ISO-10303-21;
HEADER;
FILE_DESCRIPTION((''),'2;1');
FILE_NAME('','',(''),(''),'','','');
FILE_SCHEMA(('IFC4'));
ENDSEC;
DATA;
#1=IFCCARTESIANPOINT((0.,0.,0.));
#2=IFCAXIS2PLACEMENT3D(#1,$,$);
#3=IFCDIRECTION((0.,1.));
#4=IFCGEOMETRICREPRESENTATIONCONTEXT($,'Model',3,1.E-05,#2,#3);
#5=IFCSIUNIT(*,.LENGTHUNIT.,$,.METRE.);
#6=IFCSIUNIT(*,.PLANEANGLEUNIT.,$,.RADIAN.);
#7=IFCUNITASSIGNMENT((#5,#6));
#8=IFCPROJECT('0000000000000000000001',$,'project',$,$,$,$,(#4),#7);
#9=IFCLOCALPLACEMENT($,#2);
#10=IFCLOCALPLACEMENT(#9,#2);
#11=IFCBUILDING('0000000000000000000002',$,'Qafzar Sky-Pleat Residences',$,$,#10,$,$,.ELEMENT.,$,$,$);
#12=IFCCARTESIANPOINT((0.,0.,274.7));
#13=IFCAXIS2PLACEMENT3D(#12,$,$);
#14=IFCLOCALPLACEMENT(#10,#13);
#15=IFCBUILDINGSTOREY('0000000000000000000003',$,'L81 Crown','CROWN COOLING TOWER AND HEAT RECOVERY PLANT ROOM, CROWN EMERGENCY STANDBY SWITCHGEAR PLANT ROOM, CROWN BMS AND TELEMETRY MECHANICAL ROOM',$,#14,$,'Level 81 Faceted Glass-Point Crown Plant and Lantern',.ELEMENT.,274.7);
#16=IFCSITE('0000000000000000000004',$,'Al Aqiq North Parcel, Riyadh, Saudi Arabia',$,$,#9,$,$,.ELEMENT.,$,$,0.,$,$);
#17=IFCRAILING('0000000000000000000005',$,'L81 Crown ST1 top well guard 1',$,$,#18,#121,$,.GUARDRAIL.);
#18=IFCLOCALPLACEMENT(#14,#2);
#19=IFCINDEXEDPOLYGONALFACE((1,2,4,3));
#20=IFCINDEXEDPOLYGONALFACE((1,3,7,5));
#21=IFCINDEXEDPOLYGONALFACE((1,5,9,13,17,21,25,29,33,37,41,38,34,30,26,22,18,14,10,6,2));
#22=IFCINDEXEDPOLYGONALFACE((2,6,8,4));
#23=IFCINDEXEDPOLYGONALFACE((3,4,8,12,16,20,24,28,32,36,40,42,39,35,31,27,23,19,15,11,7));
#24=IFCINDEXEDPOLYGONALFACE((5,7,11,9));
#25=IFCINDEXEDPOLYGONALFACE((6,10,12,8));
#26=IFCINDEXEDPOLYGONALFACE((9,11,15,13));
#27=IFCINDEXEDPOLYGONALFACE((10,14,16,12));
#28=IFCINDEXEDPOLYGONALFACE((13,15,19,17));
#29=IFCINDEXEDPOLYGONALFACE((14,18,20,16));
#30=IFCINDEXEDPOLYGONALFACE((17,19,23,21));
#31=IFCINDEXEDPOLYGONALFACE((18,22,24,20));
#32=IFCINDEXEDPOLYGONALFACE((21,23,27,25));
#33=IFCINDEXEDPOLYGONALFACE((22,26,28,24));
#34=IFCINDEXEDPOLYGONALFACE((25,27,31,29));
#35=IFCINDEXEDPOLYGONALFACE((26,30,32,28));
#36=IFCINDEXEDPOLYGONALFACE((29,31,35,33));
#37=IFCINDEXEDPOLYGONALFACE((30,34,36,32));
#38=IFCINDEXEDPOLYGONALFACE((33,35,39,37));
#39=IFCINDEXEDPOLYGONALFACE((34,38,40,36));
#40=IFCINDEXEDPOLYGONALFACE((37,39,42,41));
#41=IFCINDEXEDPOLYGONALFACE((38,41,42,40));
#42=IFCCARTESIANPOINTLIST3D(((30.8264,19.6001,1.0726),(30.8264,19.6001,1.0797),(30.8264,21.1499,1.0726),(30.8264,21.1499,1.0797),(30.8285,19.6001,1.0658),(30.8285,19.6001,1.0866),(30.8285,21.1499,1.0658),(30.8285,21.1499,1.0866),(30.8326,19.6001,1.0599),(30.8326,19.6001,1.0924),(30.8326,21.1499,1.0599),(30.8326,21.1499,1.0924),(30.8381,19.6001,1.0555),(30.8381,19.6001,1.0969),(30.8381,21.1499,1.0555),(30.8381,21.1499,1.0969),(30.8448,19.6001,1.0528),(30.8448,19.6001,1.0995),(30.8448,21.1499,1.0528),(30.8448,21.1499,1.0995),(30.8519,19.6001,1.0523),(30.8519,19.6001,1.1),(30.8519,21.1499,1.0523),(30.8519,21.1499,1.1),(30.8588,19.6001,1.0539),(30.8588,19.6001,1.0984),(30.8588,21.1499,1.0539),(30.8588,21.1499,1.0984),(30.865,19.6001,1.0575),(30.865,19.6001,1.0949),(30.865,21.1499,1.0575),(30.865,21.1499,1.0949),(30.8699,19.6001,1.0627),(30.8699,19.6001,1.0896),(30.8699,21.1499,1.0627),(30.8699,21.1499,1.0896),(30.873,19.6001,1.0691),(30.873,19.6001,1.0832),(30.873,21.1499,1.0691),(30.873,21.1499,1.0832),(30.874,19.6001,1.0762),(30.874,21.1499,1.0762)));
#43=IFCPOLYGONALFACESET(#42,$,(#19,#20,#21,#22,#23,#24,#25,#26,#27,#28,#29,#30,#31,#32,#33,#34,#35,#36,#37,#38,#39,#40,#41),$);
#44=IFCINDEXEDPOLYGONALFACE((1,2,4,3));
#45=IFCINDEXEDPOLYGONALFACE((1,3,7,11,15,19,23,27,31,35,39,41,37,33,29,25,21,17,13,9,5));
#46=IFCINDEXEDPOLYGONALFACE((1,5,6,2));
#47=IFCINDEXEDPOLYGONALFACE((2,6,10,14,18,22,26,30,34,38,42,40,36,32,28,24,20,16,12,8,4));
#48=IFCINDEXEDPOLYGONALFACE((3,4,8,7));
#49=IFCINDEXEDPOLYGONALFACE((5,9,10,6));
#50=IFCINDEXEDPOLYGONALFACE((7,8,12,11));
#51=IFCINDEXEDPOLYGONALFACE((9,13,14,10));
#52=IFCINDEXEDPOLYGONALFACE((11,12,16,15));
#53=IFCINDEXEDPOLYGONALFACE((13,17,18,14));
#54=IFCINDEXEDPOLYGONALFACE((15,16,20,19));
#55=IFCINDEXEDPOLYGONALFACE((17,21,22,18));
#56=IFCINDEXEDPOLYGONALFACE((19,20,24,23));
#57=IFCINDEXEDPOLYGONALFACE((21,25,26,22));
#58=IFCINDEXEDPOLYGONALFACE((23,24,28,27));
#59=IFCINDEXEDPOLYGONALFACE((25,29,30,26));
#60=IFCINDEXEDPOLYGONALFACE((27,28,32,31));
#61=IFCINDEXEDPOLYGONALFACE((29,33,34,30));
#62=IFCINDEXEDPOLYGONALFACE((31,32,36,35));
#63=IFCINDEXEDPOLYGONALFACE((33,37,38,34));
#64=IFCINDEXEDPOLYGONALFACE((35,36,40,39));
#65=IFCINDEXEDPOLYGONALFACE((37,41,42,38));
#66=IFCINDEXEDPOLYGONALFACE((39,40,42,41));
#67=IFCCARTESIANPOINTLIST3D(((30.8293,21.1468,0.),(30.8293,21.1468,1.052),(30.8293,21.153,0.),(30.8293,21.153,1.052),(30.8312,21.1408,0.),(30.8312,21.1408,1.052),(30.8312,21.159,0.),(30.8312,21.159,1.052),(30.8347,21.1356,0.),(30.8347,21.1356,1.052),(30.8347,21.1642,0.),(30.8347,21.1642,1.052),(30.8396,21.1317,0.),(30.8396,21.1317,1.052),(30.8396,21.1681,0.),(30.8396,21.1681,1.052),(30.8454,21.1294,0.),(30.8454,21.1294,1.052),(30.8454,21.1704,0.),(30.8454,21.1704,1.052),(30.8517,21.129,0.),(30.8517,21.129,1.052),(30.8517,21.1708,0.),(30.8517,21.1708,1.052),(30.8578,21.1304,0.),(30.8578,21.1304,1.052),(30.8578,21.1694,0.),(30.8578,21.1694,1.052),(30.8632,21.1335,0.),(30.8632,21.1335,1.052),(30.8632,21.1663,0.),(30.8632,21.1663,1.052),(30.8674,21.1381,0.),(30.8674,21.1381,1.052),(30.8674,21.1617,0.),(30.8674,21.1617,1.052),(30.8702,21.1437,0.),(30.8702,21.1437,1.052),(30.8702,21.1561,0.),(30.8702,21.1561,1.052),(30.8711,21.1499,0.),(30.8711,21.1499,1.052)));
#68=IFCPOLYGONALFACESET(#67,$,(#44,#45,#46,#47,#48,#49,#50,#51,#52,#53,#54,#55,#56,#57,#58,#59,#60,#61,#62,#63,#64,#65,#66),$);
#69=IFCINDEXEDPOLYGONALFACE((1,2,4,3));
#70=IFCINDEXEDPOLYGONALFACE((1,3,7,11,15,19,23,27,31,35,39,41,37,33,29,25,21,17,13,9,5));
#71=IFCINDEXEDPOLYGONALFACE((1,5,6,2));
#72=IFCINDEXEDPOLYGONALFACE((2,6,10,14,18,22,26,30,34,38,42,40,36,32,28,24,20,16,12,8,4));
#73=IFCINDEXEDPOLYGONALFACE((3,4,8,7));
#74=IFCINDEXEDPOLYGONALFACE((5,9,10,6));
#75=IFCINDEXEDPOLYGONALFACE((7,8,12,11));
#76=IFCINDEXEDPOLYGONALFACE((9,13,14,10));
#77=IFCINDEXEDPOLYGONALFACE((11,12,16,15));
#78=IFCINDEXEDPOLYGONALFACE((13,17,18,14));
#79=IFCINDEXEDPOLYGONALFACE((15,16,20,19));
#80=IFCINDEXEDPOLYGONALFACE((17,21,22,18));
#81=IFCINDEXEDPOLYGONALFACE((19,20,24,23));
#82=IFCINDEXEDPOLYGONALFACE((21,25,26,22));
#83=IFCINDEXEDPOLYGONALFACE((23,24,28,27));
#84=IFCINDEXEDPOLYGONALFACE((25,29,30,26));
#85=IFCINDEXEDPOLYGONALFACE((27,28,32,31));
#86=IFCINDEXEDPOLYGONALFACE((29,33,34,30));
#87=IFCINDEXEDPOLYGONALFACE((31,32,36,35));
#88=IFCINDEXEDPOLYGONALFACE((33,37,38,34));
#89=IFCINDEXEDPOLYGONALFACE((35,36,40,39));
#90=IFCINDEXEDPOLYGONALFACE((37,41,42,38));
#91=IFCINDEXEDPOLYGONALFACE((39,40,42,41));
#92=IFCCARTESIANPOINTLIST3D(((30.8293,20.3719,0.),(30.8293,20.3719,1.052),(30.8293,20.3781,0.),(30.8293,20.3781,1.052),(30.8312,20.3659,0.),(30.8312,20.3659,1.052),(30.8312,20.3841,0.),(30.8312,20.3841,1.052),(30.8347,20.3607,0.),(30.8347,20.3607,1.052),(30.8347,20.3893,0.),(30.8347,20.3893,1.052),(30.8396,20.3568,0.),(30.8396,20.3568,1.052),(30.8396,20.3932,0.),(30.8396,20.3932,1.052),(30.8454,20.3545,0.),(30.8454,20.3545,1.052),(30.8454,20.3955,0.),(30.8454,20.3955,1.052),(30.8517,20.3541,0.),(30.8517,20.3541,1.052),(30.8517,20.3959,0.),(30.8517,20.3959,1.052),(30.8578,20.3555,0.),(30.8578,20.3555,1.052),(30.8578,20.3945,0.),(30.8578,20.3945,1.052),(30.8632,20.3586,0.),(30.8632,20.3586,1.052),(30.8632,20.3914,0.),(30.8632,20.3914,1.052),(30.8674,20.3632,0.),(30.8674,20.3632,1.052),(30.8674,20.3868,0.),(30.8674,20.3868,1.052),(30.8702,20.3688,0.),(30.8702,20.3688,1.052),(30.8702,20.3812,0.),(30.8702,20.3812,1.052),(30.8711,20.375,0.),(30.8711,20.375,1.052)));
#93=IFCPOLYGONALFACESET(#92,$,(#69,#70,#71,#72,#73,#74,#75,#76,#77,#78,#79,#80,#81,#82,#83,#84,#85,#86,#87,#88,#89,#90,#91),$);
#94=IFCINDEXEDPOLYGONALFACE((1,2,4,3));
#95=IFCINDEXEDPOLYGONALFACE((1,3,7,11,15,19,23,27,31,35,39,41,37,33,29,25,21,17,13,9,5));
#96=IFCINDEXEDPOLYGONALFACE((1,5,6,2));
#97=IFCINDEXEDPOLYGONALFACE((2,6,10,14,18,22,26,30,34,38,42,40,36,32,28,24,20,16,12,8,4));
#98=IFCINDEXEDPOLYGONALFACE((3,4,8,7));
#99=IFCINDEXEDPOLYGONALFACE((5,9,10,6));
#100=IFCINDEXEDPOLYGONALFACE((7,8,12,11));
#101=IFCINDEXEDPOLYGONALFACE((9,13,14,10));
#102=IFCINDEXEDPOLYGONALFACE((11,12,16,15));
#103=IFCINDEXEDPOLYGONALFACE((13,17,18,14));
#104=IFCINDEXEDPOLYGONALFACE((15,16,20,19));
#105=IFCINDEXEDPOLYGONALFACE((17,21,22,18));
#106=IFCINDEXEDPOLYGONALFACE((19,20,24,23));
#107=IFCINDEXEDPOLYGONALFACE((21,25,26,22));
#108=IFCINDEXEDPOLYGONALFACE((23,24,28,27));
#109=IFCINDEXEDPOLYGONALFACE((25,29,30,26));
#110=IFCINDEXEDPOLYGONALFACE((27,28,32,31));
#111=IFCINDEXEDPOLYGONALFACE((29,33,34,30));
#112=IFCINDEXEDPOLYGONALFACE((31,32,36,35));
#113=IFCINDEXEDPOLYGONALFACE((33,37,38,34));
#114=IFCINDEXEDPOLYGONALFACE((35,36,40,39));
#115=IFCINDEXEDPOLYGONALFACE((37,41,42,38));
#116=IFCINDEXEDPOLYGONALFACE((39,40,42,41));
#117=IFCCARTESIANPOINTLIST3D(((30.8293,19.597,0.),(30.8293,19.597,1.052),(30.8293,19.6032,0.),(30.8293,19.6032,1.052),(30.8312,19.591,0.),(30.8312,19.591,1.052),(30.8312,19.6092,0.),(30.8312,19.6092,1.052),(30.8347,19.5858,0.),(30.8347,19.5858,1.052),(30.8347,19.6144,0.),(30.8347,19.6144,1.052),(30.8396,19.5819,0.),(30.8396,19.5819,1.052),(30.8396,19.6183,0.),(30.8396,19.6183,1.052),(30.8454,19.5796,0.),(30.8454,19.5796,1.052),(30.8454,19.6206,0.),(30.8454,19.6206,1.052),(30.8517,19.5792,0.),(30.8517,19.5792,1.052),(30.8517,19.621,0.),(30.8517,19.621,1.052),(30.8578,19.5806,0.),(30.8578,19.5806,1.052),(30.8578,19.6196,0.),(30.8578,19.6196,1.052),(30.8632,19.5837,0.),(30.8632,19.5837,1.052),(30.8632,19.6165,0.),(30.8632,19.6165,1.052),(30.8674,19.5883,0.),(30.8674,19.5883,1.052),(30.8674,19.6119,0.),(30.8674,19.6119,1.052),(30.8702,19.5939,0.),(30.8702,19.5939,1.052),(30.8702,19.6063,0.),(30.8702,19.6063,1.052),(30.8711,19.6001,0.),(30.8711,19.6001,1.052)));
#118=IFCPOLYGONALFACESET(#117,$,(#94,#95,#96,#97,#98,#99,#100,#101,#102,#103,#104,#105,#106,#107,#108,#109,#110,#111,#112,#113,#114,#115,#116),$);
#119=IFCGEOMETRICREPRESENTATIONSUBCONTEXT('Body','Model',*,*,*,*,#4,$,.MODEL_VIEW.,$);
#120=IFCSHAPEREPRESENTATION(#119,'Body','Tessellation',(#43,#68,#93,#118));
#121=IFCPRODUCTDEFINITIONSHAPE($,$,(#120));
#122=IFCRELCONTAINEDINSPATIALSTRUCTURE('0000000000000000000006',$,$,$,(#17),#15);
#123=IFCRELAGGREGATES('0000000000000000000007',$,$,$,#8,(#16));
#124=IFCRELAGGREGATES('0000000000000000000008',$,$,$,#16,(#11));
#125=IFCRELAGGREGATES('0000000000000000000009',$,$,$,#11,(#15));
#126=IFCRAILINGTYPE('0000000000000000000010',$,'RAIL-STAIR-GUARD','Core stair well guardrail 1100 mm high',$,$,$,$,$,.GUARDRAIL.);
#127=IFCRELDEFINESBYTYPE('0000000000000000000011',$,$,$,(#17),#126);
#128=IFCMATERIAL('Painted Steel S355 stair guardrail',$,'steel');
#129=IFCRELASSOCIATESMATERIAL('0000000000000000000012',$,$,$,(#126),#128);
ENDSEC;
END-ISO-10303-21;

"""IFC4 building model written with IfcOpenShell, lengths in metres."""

from ifc_helpers import new_model, si_unit, direction, frame, origin, origin_2d, place, context, subcontext, project, spatial, circle, extrude, source, transform, mapped, material, type_object, element, save


model = new_model("IFC4")

# Units and contexts
model_context = context("Model", 3, precision=1e-05, world=origin(), true_north=direction((0.0, 1.0)))
body_context = subcontext(model_context, "Body", "Model", "MODEL_VIEW")
ifc_project = project(units=[si_unit("LENGTHUNIT", "METRE"), si_unit("PLANEANGLEUNIT", "RADIAN")], contexts=[model_context])

# Site, building, storey
site_placement = place(None, origin())
site = spatial("IfcSite", under=ifc_project, at=site_placement, Name="Al Aqiq North Parcel, Riyadh, Saudi Arabia", CompositionType="ELEMENT", RefElevation=0.0)
building_placement = place(site_placement, origin())
building = spatial("IfcBuilding", under=site, at=building_placement, Name="Qafzar Sky-Pleat Residences", CompositionType="ELEMENT")
storey_placement = place(building_placement, frame((0.0, 0.0, 274.7)))
storey = spatial("IfcBuildingStorey", under=building, at=storey_placement, Name="L81 Crown", Description="CROWN COOLING TOWER AND HEAT RECOVERY PLANT ROOM, CROWN EMERGENCY STANDBY SWITCHGEAR PLANT ROOM, CROWN BMS AND TELEMETRY MECHANICAL ROOM", LongName="Level 81 Faceted Glass-Point Crown Plant and Lantern", CompositionType="ELEMENT", Elevation=274.7)

# Railing
ifc_material_1 = material(Name="Painted Steel S355 stair guardrail", Category="steel")
railing_type = type_object("IfcRailingType", Name="RAIL-STAIR-GUARD", Description="Core stair well guardrail 1100 mm high", PredefinedType="GUARDRAIL", material=ifc_material_1)
shared_shape_1 = source(origin(), body_context, "Body", "SweptSolid", [
    extrude(circle(Radius=0.0239, at=origin_2d()), frame((0.0, 0.0, 1.0762), z_axis=(0.0, -1.0, 0.0), x_axis=(1.0, 0.0, 0.0)), (0.0, 0.0, 1.0), 1.5498),
    extrude(circle(Radius=0.021, at=origin_2d()), origin(), (0.0, 0.0, 1.0), 1.052),
    extrude(circle(Radius=0.021, at=origin_2d()), frame((0.0, -0.7749, 0.0)), (0.0, 0.0, 1.0), 1.052),
    extrude(circle(Radius=0.021, at=origin_2d()), frame((0.0, -1.5498, 0.0)), (0.0, 0.0, 1.0), 1.052),
])
railing_placement = place(storey_placement, frame((30.8501, 21.1499, 0.0)))
element("IfcRailing", 1, at=railing_placement, inside=storey, type_object=railing_type, Name="L81 Crown ST1 top well guard 1", PredefinedType="GUARDRAIL", context=body_context, shape_type="MappedRepresentation", body=[
    mapped(shared_shape_1, transform((0.0, 0.0, 0.0), x_axis=(1.0, 0.0, 0.0), y_axis=(0.0, 1.0, 0.0), z_axis=(0.0, 0.0, 1.0), scale=1.0)),
])

save(model, "model.ifc")
